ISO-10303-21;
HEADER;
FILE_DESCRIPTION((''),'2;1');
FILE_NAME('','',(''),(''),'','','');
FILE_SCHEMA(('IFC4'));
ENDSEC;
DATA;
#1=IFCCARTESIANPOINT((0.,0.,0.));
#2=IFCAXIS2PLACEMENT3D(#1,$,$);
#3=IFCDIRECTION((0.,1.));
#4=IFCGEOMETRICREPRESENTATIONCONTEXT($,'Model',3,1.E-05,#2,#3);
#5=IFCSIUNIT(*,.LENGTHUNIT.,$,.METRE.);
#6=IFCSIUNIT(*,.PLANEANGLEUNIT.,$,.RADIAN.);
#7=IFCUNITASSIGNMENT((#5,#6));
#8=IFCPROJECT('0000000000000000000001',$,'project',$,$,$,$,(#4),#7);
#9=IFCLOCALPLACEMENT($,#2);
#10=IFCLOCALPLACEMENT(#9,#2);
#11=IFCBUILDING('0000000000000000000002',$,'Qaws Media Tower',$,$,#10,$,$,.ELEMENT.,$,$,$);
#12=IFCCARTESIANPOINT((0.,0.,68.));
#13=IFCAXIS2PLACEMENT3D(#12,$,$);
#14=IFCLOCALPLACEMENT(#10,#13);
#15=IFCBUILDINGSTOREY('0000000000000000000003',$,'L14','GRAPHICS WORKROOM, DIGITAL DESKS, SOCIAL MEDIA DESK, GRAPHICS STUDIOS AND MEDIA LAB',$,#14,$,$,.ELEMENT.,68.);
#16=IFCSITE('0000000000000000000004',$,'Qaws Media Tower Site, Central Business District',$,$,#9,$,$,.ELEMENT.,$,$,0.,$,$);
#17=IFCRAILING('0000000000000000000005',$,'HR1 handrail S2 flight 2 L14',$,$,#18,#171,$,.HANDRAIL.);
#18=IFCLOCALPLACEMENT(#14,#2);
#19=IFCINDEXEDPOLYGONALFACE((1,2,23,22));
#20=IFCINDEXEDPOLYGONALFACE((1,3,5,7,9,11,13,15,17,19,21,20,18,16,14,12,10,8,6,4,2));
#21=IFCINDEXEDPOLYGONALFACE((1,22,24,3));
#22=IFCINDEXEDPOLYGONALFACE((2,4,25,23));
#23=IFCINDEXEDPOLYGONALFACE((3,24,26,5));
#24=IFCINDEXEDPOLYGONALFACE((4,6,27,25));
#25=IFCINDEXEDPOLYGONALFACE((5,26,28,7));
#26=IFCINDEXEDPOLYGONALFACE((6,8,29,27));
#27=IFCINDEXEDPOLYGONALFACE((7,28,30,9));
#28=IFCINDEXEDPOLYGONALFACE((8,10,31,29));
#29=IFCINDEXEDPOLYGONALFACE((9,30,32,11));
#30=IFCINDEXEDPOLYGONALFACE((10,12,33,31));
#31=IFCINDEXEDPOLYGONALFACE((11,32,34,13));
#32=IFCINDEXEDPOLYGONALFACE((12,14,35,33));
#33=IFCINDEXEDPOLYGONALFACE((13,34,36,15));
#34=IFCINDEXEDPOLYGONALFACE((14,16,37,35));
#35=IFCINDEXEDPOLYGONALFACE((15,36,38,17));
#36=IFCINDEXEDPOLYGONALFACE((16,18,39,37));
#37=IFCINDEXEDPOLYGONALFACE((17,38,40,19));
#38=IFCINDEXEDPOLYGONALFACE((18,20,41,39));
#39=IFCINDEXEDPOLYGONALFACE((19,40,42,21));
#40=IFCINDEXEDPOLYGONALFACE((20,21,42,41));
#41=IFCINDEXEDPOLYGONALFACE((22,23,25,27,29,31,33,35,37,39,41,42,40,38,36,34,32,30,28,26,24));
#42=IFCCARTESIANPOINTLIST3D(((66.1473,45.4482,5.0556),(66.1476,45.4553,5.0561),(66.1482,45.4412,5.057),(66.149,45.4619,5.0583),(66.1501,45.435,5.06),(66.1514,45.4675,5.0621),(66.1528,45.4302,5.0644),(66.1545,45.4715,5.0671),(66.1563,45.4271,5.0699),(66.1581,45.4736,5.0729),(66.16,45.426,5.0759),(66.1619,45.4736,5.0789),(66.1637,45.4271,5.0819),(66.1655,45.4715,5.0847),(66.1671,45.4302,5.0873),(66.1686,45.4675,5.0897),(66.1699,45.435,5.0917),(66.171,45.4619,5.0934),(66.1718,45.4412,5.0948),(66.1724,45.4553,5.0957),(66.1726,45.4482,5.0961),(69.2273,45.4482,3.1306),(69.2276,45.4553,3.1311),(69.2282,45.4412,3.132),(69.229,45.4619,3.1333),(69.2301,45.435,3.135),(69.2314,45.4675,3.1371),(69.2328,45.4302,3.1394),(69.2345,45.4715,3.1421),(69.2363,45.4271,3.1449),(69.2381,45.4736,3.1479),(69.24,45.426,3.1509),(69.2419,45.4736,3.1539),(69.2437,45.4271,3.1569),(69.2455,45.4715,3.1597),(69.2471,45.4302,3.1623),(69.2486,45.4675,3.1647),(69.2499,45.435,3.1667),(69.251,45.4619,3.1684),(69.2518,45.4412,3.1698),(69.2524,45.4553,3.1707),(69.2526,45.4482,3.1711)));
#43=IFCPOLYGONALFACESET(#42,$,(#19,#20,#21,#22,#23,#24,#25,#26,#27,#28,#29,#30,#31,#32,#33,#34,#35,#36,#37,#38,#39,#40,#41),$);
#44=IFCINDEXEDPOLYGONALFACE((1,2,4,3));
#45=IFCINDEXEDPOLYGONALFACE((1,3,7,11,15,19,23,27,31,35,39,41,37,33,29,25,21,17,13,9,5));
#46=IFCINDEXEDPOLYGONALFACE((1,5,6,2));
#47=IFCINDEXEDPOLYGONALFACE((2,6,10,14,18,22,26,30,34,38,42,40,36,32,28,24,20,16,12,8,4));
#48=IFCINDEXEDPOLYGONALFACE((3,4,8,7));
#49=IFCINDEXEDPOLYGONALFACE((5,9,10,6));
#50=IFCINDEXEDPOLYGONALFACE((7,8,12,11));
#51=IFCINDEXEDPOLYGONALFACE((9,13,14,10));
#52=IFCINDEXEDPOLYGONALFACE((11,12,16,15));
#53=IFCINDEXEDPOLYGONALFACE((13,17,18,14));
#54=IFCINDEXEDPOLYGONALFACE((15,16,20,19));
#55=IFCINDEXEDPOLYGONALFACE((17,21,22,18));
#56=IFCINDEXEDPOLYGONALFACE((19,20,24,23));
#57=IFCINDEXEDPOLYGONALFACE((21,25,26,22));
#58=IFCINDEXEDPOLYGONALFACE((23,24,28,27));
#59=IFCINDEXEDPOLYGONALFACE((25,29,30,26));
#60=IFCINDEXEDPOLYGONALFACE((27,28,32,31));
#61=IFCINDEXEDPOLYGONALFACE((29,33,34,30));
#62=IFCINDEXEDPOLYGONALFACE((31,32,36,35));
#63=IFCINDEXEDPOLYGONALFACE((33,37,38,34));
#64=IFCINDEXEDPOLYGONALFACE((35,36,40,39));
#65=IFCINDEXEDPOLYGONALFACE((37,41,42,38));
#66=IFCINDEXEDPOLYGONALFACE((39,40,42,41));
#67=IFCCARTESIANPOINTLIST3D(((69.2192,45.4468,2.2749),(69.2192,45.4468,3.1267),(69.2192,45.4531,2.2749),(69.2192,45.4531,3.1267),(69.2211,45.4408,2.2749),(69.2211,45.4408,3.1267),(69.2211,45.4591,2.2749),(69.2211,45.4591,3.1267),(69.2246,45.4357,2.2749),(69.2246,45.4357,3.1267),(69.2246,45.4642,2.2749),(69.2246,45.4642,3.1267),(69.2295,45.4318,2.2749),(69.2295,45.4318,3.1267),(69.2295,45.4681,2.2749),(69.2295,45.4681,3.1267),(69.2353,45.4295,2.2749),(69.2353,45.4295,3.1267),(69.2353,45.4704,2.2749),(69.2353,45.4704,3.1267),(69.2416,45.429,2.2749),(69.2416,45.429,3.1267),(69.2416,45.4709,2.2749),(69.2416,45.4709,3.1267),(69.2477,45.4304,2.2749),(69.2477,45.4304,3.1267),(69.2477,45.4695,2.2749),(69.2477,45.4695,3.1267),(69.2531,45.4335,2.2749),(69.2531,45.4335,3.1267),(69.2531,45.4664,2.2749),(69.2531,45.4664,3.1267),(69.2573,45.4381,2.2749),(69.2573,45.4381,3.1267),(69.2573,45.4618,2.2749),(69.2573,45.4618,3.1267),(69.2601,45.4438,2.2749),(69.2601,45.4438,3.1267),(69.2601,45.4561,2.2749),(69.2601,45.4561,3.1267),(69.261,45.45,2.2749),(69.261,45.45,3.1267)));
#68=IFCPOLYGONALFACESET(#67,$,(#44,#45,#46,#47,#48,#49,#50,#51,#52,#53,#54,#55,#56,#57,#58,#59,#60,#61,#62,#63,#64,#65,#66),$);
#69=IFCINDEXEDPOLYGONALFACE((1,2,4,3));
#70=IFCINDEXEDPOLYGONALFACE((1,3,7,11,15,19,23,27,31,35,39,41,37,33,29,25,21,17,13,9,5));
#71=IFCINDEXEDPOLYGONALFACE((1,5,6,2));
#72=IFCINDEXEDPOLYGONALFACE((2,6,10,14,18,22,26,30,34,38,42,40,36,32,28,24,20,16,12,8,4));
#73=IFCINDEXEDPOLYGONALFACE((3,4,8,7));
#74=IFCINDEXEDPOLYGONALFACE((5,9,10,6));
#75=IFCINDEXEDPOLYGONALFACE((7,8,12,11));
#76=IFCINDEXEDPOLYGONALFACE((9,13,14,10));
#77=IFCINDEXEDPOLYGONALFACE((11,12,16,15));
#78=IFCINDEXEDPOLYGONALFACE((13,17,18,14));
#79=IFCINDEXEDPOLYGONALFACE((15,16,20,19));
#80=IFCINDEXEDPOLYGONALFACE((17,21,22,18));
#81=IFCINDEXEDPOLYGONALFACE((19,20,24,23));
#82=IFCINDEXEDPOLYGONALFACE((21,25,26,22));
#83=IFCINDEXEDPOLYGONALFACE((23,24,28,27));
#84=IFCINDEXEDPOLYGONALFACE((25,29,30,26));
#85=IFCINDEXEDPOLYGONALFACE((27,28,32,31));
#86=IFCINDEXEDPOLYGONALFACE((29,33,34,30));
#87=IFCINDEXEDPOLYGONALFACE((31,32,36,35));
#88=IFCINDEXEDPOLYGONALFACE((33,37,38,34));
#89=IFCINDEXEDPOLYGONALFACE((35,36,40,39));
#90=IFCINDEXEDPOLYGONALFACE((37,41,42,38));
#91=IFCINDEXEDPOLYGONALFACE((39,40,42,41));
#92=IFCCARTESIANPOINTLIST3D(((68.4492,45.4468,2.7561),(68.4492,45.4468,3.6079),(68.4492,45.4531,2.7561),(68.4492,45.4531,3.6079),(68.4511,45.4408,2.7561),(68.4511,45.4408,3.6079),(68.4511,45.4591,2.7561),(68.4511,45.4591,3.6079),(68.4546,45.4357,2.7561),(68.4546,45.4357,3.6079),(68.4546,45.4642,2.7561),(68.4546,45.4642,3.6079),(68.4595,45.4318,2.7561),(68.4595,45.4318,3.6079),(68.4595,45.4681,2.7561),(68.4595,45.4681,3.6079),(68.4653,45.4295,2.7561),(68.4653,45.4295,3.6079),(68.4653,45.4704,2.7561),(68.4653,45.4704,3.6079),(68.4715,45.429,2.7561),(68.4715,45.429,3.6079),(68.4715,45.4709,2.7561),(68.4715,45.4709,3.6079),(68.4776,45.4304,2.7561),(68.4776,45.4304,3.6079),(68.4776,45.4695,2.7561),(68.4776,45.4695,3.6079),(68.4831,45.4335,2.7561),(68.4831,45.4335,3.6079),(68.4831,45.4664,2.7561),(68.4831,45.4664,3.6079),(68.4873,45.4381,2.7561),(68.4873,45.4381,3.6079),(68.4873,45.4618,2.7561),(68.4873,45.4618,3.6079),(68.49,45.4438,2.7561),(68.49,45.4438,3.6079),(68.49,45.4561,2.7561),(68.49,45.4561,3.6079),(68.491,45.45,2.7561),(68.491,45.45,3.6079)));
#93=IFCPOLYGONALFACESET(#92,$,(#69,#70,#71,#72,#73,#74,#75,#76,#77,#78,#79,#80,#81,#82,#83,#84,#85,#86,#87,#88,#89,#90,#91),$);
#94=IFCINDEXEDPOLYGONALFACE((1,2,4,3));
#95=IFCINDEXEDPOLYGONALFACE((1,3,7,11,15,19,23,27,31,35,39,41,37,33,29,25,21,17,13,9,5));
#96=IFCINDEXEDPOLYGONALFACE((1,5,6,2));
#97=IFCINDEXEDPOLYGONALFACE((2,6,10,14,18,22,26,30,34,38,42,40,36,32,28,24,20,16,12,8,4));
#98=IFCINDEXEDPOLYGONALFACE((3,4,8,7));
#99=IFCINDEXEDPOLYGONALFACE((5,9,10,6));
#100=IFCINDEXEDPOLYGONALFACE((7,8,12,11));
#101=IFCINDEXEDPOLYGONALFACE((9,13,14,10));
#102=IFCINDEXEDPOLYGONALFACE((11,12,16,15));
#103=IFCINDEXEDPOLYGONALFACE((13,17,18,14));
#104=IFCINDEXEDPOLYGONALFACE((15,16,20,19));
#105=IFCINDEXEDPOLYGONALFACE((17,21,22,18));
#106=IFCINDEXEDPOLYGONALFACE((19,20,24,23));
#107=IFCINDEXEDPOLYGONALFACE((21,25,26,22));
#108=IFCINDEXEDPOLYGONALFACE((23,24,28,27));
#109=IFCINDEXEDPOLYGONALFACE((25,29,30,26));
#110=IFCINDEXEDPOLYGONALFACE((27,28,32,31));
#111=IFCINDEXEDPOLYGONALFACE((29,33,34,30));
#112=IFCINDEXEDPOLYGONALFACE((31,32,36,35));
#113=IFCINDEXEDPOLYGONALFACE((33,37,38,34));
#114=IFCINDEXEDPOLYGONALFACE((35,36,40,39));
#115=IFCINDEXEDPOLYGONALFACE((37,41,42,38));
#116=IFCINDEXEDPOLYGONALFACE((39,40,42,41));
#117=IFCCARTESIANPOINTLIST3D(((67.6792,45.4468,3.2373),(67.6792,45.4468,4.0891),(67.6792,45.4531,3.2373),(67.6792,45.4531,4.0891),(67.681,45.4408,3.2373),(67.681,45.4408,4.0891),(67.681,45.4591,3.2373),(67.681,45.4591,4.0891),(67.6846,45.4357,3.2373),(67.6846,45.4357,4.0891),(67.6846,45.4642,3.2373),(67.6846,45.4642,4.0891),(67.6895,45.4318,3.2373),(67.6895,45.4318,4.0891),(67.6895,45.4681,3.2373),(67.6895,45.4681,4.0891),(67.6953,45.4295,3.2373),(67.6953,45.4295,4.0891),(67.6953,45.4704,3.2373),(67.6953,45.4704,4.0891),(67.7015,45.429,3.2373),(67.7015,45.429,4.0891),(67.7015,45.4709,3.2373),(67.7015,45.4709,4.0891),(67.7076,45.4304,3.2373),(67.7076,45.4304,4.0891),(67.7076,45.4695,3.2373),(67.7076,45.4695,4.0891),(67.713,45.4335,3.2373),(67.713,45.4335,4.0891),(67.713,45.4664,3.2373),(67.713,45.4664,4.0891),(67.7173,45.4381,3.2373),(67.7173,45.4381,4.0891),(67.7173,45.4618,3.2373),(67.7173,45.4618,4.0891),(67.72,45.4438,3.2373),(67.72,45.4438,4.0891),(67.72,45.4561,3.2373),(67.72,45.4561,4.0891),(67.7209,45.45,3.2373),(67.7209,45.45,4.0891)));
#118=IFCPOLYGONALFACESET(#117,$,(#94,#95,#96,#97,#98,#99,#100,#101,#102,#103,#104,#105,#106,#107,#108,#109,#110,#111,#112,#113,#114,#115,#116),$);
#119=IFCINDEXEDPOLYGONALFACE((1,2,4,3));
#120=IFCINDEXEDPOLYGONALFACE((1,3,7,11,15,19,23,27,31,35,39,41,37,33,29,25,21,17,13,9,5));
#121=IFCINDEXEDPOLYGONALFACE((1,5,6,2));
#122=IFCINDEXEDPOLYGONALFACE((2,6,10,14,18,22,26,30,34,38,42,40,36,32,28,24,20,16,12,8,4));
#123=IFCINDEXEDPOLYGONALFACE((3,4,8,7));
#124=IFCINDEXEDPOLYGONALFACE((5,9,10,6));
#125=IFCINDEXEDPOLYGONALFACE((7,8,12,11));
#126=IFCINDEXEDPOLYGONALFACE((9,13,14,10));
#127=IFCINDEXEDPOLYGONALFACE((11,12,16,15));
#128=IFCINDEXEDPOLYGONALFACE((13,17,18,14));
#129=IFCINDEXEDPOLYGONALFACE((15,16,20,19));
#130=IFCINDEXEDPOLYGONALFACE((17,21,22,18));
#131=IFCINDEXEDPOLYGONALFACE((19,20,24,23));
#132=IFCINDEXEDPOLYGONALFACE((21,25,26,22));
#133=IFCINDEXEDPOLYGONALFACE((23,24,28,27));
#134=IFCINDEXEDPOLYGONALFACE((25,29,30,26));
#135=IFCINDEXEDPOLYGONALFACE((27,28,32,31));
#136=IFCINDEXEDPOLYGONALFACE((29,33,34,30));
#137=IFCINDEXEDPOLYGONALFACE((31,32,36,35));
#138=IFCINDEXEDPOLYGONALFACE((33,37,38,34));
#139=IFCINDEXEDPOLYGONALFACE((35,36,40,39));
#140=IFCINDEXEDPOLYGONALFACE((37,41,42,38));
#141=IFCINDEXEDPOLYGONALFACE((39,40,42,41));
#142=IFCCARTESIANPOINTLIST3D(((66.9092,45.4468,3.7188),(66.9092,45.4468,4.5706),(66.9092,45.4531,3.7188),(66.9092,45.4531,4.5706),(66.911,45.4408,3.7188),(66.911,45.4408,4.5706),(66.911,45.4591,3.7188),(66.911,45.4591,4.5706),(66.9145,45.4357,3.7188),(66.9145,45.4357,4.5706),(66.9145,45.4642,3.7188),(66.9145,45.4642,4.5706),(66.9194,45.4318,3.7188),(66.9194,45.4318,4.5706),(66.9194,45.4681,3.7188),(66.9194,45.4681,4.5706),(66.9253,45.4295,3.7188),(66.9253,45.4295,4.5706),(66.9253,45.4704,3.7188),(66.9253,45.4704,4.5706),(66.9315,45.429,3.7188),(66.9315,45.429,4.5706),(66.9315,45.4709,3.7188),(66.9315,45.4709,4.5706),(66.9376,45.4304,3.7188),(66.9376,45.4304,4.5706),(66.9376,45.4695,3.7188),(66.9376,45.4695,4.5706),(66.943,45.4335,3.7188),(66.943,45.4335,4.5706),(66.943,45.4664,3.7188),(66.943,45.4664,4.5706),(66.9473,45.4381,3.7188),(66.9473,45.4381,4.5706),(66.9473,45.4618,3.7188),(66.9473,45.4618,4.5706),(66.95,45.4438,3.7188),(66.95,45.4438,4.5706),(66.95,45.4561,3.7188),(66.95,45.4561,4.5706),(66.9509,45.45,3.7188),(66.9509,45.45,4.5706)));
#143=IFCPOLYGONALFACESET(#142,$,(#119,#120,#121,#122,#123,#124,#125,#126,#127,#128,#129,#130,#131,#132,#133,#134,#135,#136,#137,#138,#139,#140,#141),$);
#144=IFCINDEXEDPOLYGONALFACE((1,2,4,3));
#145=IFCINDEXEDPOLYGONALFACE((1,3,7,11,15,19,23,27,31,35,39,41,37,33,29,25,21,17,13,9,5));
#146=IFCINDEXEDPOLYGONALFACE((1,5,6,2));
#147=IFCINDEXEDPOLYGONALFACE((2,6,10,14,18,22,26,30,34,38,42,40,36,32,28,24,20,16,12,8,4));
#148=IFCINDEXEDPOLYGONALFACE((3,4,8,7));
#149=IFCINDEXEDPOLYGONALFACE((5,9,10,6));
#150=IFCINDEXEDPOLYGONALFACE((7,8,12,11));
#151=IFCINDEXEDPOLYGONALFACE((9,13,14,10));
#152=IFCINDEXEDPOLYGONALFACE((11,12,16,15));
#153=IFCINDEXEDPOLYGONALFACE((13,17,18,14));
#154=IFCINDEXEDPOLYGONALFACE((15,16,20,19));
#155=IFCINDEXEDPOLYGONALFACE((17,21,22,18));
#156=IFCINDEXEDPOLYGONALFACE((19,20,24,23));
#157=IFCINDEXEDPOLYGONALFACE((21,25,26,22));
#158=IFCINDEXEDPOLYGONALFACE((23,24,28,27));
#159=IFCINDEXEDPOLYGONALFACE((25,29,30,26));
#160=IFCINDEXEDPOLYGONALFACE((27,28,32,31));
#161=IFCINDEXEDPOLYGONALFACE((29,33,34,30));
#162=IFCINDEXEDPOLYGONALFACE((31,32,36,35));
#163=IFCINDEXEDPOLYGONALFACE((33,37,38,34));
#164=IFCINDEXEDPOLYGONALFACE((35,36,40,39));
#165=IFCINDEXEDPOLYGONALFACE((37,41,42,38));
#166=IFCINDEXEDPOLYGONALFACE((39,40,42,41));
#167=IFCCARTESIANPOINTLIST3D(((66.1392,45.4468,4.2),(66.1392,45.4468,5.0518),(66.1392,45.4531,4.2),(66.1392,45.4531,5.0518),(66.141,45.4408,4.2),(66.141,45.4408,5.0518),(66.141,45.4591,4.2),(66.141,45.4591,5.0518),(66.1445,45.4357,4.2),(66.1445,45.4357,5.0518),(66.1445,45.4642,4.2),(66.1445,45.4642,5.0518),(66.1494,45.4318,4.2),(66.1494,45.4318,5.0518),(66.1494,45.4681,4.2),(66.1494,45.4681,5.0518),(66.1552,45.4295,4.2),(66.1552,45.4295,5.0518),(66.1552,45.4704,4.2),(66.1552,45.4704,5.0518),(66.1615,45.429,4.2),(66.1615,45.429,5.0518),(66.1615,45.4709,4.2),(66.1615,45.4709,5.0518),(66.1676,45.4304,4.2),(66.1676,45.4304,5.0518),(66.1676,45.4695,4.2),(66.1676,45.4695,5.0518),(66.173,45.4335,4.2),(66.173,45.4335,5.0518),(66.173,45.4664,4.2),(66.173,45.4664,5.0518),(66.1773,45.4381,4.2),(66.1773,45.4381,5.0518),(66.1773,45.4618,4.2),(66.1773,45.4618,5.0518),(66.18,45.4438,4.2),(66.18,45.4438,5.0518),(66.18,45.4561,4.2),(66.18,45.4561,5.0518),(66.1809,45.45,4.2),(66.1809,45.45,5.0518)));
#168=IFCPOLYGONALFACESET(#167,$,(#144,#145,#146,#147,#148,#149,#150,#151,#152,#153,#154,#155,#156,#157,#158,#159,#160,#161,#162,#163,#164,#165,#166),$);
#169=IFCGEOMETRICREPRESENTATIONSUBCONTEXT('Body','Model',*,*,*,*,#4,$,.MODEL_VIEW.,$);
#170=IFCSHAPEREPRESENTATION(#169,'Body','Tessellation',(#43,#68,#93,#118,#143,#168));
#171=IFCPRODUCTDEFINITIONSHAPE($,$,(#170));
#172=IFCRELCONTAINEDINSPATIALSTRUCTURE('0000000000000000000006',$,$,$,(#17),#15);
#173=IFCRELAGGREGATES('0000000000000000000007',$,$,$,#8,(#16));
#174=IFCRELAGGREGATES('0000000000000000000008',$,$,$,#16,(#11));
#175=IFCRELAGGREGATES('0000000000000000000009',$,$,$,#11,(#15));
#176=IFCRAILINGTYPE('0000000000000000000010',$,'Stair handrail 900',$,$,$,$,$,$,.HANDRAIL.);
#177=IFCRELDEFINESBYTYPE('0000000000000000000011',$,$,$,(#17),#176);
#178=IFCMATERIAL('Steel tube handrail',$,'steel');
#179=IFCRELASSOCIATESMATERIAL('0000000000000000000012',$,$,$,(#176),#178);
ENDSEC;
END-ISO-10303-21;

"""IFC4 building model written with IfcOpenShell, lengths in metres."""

from ifc_helpers import new_model, si_unit, direction, frame, origin, origin_2d, place, context, subcontext, project, spatial, circle, extrude, material, type_object, element, save


model = new_model("IFC4")

# Units and contexts
model_context = context("Model", 3, precision=1e-05, world=origin(), true_north=direction((0.0, 1.0)))
body_context = subcontext(model_context, "Body", "Model", "MODEL_VIEW")
ifc_project = project(units=[si_unit("LENGTHUNIT", "METRE"), si_unit("PLANEANGLEUNIT", "RADIAN")], contexts=[model_context])

# Site, building, storey
site_placement = place(None, origin())
site = spatial("IfcSite", under=ifc_project, at=site_placement, Name="Qaws Media Tower Site, Central Business District", CompositionType="ELEMENT", RefElevation=0.0)
building_placement = place(site_placement, origin())
building = spatial("IfcBuilding", under=site, at=building_placement, Name="Qaws Media Tower", CompositionType="ELEMENT")
storey_placement = place(building_placement, frame((0.0, 0.0, 68.0)))
storey = spatial("IfcBuildingStorey", under=building, at=storey_placement, Name="L14", Description="GRAPHICS WORKROOM, DIGITAL DESKS, SOCIAL MEDIA DESK, GRAPHICS STUDIOS AND MEDIA LAB", CompositionType="ELEMENT", Elevation=68.0)

# Railing
ifc_material_1 = material(Name="Steel tube handrail", Category="steel")
railing_type = type_object("IfcRailingType", Name="Stair handrail 900", PredefinedType="HANDRAIL", material=ifc_material_1)
for number, where, name in (
    (1, (69.24, 45.45, 2.2749), "HR1 handrail S2 flight 2 L14"),
):
    element("IfcRailing", number, at=place(storey_placement, frame(where)), inside=storey, type_object=railing_type, Name=name, PredefinedType="HANDRAIL", context=body_context, shape_type="SweptSolid", body=[
        extrude(circle(Radius=0.0239, at=origin_2d()), frame((0.0, 0.0, 0.876), z_axis=(-0.847998, 0.0, 0.529999), x_axis=(0.0, -1.0, 0.0)), (0.0, 0.0, 1.0), 3.6321),
        extrude(circle(Radius=0.021, at=origin_2d()), origin(), (0.0, 0.0, 1.0), 0.8518),
        extrude(circle(Radius=0.021, at=origin_2d()), frame((-0.77, 0.0, 0.4812)), (0.0, 0.0, 1.0), 0.8518),
        extrude(circle(Radius=0.021, at=origin_2d()), frame((-1.54, 0.0, 0.9624)), (0.0, 0.0, 1.0), 0.8518),
        extrude(circle(Radius=0.021, at=origin_2d()), frame((-2.3101, 0.0, 1.4438)), (0.0, 0.0, 1.0), 0.8518),
        extrude(circle(Radius=0.021, at=origin_2d()), frame((-3.0801, 0.0, 1.925)), (0.0, 0.0, 1.0), 0.8518),
    ])

save(model, "model.ifc")
